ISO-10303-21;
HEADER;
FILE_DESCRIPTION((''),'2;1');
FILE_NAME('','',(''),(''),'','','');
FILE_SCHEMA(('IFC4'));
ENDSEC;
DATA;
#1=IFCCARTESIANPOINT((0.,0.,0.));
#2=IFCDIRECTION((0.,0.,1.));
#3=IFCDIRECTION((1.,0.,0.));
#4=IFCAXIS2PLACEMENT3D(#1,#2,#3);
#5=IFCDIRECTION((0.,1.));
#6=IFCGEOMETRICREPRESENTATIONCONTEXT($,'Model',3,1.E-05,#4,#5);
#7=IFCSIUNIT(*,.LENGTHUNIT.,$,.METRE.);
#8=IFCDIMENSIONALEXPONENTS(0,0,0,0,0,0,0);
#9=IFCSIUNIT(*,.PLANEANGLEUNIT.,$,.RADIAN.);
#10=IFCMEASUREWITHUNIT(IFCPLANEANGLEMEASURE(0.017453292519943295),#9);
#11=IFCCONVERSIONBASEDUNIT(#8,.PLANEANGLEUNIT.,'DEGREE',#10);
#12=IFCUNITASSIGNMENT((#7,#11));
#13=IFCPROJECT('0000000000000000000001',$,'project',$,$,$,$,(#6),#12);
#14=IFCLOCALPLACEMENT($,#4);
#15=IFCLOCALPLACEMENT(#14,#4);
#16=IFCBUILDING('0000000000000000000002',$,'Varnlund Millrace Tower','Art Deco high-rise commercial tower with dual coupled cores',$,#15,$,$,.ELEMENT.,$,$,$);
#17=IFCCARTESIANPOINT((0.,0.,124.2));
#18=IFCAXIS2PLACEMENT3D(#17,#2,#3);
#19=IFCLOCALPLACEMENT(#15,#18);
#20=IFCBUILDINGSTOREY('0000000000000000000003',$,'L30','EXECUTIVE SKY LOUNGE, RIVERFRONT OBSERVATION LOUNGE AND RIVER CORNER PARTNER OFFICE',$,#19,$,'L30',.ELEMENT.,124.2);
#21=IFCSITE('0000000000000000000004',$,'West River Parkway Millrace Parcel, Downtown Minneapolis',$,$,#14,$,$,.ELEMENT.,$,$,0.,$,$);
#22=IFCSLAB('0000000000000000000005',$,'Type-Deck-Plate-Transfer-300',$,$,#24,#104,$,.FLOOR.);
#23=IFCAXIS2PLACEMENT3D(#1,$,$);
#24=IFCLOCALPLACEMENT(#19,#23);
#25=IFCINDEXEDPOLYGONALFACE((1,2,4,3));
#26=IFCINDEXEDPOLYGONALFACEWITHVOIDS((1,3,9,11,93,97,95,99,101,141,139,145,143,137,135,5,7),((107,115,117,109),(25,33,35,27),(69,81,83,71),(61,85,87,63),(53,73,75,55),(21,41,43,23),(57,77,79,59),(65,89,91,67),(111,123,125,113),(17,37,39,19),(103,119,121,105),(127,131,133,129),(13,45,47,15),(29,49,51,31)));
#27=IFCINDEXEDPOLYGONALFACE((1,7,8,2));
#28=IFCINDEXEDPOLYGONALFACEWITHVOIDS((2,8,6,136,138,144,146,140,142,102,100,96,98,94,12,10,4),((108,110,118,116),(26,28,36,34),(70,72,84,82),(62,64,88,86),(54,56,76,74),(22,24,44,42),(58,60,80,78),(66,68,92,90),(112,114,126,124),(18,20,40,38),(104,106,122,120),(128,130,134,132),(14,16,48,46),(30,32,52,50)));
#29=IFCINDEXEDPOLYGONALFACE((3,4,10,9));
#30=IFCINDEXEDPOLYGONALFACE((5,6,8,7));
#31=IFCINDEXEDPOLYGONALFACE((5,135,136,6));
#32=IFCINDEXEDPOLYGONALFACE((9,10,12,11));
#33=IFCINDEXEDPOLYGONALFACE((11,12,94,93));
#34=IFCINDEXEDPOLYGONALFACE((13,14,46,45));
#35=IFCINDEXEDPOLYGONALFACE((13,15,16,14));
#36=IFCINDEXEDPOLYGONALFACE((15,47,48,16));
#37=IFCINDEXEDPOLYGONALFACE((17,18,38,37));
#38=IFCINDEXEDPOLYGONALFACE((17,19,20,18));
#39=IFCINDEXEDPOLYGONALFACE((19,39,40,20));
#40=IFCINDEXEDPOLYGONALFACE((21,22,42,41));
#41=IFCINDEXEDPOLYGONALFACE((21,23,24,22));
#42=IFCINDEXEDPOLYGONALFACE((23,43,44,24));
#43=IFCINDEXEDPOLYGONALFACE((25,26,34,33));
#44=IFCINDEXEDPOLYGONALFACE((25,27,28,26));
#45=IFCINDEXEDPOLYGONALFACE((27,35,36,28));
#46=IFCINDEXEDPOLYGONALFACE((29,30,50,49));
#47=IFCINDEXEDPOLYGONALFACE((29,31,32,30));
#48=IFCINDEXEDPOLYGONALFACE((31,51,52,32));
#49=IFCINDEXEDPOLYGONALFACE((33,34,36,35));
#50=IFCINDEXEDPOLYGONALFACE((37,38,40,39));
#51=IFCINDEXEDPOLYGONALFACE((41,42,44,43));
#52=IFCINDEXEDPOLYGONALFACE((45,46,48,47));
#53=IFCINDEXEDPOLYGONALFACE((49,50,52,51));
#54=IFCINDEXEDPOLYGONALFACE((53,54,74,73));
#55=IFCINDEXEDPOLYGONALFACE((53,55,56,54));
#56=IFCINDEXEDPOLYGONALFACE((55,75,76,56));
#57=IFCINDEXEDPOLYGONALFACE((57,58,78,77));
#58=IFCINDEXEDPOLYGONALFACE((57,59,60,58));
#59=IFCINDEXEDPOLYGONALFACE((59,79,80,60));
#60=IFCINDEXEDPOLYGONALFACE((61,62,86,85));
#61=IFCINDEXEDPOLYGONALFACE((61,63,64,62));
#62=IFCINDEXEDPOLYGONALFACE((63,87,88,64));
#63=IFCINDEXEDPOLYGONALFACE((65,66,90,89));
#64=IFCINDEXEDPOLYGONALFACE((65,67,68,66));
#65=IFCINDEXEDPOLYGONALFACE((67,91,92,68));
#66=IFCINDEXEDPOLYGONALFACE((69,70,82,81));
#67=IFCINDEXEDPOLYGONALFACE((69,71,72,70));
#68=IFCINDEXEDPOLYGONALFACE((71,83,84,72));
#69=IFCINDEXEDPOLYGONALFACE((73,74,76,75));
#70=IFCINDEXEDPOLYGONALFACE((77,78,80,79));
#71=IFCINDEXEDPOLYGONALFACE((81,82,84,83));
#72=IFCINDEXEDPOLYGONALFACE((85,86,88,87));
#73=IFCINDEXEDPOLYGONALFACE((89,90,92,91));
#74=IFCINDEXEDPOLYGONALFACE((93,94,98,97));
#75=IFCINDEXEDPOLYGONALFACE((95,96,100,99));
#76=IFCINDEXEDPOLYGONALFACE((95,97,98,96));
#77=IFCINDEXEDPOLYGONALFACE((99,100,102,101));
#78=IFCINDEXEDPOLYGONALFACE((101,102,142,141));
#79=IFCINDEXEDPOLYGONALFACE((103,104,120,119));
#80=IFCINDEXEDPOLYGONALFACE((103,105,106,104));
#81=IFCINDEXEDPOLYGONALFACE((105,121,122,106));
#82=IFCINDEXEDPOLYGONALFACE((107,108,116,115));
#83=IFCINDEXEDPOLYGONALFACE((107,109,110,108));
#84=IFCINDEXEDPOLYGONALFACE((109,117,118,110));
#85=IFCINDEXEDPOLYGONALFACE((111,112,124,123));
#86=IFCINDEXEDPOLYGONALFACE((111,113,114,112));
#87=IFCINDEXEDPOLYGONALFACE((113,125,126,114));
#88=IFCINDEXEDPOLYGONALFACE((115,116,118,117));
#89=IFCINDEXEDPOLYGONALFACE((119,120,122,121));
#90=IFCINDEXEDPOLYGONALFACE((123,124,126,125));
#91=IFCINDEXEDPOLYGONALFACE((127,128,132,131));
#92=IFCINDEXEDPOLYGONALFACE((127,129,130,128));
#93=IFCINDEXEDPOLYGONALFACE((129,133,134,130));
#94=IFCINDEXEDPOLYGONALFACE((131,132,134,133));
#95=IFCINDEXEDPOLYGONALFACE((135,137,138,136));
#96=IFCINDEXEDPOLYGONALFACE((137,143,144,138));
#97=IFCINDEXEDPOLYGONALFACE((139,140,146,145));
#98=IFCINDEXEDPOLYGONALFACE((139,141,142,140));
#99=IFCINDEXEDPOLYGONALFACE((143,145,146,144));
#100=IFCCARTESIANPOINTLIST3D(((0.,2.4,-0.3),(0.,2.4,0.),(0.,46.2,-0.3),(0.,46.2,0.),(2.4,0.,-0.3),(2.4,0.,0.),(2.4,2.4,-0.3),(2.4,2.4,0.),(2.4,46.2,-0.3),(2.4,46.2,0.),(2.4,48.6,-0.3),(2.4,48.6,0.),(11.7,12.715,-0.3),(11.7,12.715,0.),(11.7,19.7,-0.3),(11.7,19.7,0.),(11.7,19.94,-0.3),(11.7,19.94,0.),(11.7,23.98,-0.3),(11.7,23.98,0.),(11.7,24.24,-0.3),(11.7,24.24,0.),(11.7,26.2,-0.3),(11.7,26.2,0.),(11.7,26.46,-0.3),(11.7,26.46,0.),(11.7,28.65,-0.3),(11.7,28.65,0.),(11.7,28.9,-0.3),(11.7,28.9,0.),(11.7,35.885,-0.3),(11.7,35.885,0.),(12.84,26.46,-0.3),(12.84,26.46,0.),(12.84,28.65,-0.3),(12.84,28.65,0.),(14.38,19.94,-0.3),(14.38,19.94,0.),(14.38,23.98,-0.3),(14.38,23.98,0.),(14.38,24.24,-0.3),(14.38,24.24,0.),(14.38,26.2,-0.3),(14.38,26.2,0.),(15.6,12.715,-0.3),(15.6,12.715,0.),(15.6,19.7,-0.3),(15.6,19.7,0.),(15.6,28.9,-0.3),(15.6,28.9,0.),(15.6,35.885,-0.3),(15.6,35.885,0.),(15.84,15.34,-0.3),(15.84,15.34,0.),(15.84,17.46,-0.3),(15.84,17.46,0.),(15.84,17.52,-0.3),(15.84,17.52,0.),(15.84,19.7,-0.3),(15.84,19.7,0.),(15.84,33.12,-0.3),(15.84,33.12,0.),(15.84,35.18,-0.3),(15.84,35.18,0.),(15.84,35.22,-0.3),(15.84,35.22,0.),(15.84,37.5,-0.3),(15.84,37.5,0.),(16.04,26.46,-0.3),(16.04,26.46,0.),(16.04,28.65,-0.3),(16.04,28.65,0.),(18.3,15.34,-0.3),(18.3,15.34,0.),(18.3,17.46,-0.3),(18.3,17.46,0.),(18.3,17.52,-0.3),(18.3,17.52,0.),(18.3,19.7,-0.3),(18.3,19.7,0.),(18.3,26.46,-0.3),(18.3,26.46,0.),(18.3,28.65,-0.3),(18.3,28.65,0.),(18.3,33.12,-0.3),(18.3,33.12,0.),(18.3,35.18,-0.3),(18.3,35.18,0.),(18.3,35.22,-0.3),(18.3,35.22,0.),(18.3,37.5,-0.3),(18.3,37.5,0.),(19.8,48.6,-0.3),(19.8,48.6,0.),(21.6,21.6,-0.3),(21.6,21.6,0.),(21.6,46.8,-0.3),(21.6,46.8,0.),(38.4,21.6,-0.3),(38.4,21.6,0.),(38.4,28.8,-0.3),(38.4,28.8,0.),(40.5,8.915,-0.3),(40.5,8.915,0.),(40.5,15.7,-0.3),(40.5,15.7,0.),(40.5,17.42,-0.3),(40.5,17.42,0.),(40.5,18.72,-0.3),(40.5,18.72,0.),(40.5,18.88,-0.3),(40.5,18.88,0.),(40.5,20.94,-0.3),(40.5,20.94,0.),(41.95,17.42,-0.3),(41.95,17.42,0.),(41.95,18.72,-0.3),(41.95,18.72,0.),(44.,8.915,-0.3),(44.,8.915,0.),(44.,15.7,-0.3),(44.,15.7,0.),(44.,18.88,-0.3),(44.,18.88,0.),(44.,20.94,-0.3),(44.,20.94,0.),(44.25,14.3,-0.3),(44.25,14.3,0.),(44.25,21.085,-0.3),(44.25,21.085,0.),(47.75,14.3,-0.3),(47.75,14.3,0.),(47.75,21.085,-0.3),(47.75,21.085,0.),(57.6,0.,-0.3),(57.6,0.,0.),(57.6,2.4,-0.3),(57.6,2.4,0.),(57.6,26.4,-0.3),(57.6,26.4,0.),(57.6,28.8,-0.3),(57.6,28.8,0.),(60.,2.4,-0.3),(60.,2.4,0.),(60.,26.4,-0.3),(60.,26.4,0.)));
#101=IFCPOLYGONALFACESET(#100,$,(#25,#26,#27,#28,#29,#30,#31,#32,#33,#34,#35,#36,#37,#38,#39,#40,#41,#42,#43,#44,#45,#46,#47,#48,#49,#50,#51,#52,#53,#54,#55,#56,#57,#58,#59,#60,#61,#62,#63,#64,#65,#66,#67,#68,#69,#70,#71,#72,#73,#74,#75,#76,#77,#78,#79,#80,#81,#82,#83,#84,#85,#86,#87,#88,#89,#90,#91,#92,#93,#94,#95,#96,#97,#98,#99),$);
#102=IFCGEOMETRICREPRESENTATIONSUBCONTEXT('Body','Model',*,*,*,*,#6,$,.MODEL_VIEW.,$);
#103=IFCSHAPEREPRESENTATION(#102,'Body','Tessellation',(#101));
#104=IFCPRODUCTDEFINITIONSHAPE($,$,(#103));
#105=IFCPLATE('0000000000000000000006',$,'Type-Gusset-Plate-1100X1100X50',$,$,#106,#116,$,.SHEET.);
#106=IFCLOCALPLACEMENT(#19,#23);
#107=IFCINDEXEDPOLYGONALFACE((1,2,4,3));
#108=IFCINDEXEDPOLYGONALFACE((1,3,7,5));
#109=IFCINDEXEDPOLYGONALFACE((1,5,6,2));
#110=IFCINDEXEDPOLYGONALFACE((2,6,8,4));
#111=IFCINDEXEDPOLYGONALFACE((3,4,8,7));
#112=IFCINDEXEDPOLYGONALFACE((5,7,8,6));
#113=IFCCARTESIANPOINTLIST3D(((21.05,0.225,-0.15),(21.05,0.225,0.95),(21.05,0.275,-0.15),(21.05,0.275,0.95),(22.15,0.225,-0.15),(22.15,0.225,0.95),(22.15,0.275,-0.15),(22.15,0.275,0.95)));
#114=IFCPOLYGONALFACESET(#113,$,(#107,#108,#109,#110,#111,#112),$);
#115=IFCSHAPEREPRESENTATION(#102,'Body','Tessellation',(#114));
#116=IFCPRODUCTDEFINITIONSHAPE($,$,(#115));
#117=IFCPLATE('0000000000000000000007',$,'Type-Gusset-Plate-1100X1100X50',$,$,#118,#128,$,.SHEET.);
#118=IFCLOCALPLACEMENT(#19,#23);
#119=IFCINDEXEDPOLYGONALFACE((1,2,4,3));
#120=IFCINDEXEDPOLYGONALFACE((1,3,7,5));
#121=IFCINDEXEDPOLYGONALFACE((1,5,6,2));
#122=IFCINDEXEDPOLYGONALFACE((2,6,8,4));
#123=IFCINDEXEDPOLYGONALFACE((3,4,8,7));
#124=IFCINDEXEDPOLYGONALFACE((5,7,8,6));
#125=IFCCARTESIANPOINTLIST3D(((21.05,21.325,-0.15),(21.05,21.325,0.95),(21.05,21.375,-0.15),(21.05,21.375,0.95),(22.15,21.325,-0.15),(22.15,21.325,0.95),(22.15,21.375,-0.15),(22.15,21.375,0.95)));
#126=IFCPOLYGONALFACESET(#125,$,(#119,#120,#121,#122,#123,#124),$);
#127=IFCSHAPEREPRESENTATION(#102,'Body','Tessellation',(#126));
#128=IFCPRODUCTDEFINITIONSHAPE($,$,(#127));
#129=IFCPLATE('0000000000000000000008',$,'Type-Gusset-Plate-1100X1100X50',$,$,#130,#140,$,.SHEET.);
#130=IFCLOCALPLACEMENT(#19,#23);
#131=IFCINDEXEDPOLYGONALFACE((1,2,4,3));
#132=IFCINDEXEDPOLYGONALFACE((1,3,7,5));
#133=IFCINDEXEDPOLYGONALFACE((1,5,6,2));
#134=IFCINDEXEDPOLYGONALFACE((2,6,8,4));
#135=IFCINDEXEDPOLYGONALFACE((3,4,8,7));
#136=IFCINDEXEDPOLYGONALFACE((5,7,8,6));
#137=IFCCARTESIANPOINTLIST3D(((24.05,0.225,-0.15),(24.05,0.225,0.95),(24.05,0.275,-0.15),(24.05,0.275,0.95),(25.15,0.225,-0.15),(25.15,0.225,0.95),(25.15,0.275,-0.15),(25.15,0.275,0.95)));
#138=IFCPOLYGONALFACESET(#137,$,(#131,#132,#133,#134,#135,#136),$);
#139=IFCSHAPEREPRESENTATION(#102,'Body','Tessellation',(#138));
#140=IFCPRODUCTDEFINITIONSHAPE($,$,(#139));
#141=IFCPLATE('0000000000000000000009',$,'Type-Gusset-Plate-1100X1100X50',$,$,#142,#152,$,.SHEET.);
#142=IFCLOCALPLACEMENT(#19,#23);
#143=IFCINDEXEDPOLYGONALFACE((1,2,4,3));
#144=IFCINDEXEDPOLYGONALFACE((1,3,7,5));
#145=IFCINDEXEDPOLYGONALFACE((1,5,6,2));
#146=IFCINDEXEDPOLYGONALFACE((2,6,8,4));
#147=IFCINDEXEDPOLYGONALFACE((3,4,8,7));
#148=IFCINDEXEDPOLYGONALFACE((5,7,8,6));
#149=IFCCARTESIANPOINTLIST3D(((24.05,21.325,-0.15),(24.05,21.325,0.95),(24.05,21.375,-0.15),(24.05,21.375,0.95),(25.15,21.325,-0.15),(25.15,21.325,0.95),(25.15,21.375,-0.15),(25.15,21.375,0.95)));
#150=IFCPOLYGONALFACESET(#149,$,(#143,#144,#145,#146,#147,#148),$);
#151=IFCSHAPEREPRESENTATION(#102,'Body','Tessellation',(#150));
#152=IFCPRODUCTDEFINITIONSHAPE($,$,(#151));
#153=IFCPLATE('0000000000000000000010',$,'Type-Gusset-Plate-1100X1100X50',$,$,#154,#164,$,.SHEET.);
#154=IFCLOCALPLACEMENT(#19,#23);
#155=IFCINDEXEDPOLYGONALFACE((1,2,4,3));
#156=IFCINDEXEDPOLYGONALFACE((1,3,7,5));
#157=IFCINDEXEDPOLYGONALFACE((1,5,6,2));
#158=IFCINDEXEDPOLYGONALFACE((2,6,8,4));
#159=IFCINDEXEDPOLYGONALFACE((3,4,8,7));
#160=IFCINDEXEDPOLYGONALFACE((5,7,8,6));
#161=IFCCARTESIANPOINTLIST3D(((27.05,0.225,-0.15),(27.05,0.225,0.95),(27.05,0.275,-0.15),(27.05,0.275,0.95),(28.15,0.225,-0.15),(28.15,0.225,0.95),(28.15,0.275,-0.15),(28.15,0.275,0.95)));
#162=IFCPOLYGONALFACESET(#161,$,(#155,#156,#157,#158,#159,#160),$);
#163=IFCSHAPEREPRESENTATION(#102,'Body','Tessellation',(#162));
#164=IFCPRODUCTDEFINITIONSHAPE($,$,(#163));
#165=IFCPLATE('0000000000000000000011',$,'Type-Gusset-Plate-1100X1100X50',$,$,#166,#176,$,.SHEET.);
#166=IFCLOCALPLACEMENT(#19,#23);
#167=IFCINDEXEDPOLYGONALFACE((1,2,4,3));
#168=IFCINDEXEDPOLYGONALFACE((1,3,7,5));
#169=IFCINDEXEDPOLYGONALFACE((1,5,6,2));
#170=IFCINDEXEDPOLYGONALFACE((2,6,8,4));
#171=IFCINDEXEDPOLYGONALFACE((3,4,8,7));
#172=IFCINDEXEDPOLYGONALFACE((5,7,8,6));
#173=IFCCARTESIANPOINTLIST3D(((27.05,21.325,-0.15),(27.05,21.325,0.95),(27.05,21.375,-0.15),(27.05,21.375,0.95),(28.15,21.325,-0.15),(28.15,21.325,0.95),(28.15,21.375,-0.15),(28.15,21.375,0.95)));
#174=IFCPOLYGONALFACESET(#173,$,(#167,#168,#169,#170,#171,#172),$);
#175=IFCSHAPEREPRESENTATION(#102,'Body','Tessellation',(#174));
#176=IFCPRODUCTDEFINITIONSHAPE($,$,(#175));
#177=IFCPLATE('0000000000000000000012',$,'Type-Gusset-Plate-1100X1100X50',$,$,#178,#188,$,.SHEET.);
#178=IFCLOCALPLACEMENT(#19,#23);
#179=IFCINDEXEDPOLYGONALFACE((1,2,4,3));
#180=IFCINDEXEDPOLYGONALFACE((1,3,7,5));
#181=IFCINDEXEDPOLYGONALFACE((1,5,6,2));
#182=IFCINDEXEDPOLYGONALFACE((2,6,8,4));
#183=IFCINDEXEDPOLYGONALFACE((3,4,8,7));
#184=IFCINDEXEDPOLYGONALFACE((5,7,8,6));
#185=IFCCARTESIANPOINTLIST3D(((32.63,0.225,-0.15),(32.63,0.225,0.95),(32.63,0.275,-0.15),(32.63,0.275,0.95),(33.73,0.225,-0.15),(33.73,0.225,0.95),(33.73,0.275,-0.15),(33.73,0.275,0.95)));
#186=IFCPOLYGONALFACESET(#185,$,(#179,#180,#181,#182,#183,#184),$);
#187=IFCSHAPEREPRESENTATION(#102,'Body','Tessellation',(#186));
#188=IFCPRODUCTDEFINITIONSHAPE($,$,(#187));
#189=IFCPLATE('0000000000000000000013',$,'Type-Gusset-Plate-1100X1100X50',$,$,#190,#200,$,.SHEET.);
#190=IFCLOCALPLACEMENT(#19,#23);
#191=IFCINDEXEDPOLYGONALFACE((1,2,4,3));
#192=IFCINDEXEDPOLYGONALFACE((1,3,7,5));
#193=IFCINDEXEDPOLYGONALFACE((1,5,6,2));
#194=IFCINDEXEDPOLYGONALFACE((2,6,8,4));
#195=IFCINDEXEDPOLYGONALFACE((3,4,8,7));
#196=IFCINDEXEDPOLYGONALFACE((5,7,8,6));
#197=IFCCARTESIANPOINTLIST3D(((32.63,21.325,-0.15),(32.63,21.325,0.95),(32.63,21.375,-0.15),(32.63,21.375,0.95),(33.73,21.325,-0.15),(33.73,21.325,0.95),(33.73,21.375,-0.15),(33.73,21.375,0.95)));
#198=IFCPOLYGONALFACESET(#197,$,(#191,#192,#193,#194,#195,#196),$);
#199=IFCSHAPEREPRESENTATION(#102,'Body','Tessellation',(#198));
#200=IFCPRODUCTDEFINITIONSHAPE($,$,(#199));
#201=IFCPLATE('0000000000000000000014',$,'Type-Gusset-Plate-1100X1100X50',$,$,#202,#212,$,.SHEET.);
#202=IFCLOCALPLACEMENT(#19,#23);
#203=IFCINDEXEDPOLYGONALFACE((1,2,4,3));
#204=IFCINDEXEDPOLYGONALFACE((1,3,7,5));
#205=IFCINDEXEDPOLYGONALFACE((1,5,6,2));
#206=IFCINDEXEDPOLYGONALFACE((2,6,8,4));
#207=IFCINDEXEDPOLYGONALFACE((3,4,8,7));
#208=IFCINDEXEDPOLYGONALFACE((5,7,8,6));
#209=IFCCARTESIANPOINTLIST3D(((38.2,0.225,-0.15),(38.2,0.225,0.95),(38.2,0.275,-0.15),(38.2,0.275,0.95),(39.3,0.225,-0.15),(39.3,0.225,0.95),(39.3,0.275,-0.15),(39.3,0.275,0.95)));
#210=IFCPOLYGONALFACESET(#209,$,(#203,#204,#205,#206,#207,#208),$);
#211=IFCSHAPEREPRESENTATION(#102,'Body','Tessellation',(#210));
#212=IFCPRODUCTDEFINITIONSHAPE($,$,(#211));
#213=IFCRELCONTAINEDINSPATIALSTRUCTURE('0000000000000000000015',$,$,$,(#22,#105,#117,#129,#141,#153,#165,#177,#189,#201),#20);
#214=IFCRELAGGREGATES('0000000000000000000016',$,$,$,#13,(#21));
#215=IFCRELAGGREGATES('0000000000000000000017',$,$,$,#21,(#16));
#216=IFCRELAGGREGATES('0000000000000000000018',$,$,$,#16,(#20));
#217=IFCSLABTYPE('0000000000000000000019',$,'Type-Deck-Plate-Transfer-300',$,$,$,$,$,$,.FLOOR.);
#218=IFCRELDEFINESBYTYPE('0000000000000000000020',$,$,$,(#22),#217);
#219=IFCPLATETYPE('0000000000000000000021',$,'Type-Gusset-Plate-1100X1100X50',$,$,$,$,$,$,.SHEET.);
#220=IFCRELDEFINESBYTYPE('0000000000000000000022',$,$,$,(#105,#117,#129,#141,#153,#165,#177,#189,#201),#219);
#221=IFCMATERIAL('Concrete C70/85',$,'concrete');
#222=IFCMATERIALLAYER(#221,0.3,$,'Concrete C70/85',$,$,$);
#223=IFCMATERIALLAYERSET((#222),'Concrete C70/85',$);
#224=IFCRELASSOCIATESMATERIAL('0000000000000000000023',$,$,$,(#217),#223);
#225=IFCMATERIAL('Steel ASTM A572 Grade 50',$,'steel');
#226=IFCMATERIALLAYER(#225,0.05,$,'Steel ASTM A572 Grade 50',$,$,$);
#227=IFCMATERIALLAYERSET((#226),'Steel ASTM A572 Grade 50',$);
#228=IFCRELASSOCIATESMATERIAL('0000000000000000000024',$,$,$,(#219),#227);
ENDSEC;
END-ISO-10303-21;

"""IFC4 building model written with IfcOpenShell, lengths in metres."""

from ifc_helpers import new_model, entity, si_unit, converted_unit, direction, frame, origin_with_axes, origin_2d_with_axis, place, context, subcontext, project, spatial, polyline, rectangle, outline, extrude, material, layer, layer_set, type_object, element, save


model = new_model("IFC4")

# Units and contexts
model_context = context("Model", 3, precision=1e-05, world=origin_with_axes(), true_north=direction((0.0, 1.0)))
body_context = subcontext(model_context, "Body", "Model", "MODEL_VIEW")
ifc_project = project(units=[si_unit("LENGTHUNIT", "METRE"), converted_unit("PLANEANGLEUNIT", "DEGREE", entity("IfcPlaneAngleMeasure", 0.017453292519943295), si_unit("PLANEANGLEUNIT", "RADIAN"), dimensions=[0, 0, 0, 0, 0, 0, 0])], contexts=[model_context])

# Site, building, storey
site_placement = place(None, origin_with_axes())
site = spatial("IfcSite", under=ifc_project, at=site_placement, Name="West River Parkway Millrace Parcel, Downtown Minneapolis", CompositionType="ELEMENT", RefElevation=0.0)
building_placement = place(site_placement, origin_with_axes())
building = spatial("IfcBuilding", under=site, at=building_placement, Name="Varnlund Millrace Tower", Description="Art Deco high-rise commercial tower with dual coupled cores", CompositionType="ELEMENT")
storey_placement = place(building_placement, frame((0.0, 0.0, 124.2), z_axis=(0.0, 0.0, 1.0), x_axis=(1.0, 0.0, 0.0)))
storey = spatial("IfcBuildingStorey", under=building, at=storey_placement, Name="L30", Description="EXECUTIVE SKY LOUNGE, RIVERFRONT OBSERVATION LOUNGE AND RIVER CORNER PARTNER OFFICE", LongName="L30", CompositionType="ELEMENT", Elevation=124.2)

# Slab
ifc_material_1 = material(Name="Concrete C70/85", Category="concrete")
ifc_layer_1 = layer(ifc_material_1, 0.3, Name="Concrete C70/85")
ifc_layer_set_1 = layer_set([ifc_layer_1], Name="Concrete C70/85")
slab_type = type_object("IfcSlabType", Name="Type-Deck-Plate-Transfer-300", PredefinedType="FLOOR", material=ifc_layer_set_1)
slab_placement = place(storey_placement, frame((0.0, 0.0, -0.3), z_axis=(0.0, 0.0, 1.0), x_axis=(1.0, 0.0, 0.0)))
element("IfcSlab", 1, at=slab_placement, inside=storey, type_object=slab_type, Name="Type-Deck-Plate-Transfer-300", PredefinedType="FLOOR", context=body_context, shape_type="SweptSolid", body=[
    extrude(outline(polyline([(21.6, 21.6), (21.6, 46.8), (19.8, 48.6), (2.4, 48.6), (2.4, 46.2), (0.0, 46.2), (0.0, 2.4), (2.4, 2.4), (2.4, 0.0), (57.6, 0.0), (57.6, 2.4), (60.0, 2.4), (60.0, 26.4), (57.6, 26.4), (57.6, 28.8), (38.4, 28.8), (38.4, 21.6), (21.6, 21.6)]), holes=[polyline([(15.6, 19.7), (15.6, 12.715), (11.7, 12.715), (11.7, 19.7), (15.6, 19.7)]), polyline([(18.3, 15.34), (15.84, 15.34), (15.84, 17.46), (18.3, 17.46), (18.3, 15.34)]), polyline([(18.3, 17.52), (15.84, 17.52), (15.84, 19.7), (18.3, 19.7), (18.3, 17.52)]), polyline([(11.7, 23.98), (14.38, 23.98), (14.38, 19.94), (11.7, 19.94), (11.7, 23.98)]), polyline([(14.38, 24.24), (11.7, 24.24), (11.7, 26.2), (14.38, 26.2), (14.38, 24.24)]), polyline([(12.84, 26.46), (11.7, 26.46), (11.7, 28.65), (12.84, 28.65), (12.84, 26.46)]), polyline([(15.6, 28.9), (11.7, 28.9), (11.7, 35.885), (15.6, 35.885), (15.6, 28.9)]), polyline([(44.0, 8.915), (40.5, 8.915), (40.5, 15.7), (44.0, 15.7), (44.0, 8.915)]), polyline([(47.75, 14.3), (44.25, 14.3), (44.25, 21.085), (47.75, 21.085), (47.75, 14.3)]), polyline([(41.95, 17.42), (40.5, 17.42), (40.5, 18.72), (41.95, 18.72), (41.95, 17.42)]), polyline([(44.0, 18.88), (40.5, 18.88), (40.5, 20.94), (44.0, 20.94), (44.0, 18.88)]), polyline([(18.3, 26.46), (16.04, 26.46), (16.04, 28.65), (18.3, 28.65), (18.3, 26.46)]), polyline([(18.3, 33.12), (15.84, 33.12), (15.84, 35.18), (18.3, 35.18), (18.3, 33.12)]), polyline([(18.3, 35.22), (15.84, 35.22), (15.84, 37.5), (18.3, 37.5), (18.3, 35.22)])]), origin_with_axes(), (0.0, 0.0, 1.0), 0.3),
])

# Plates
ifc_material_2 = material(Name="Steel ASTM A572 Grade 50", Category="steel")
ifc_layer_2 = layer(ifc_material_2, 0.05, Name="Steel ASTM A572 Grade 50")
ifc_layer_set_2 = layer_set([ifc_layer_2], Name="Steel ASTM A572 Grade 50")
plate_type = type_object("IfcPlateType", Name="Type-Gusset-Plate-1100X1100X50", PredefinedType="SHEET", material=ifc_layer_set_2)
for number, where, z_axis, x_axis, name in (
    (2, (21.6, 0.25, -0.15), (0.0, 0.0, 1.0), (1.0, 0.0, 0.0), "Type-Gusset-Plate-1100X1100X50"),
    (3, (21.6, 21.35, -0.15), (0.0, 0.0, 1.0), (1.0, 0.0, 0.0), "Type-Gusset-Plate-1100X1100X50"),
    (4, (24.6, 0.25, -0.15), (0.0, 0.0, 1.0), (1.0, 0.0, 0.0), "Type-Gusset-Plate-1100X1100X50"),
    (5, (24.6, 21.35, -0.15), (0.0, 0.0, 1.0), (1.0, 0.0, 0.0), "Type-Gusset-Plate-1100X1100X50"),
    (6, (27.6, 0.25, -0.15), (0.0, 0.0, 1.0), (1.0, 0.0, 0.0), "Type-Gusset-Plate-1100X1100X50"),
    (7, (27.6, 21.35, -0.15), (0.0, 0.0, 1.0), (1.0, 0.0, 0.0), "Type-Gusset-Plate-1100X1100X50"),
    (8, (33.18, 0.25, -0.15), (0.0, 0.0, 1.0), (1.0, 0.0, 0.0), "Type-Gusset-Plate-1100X1100X50"),
    (9, (33.18, 21.35, -0.15), (0.0, 0.0, 1.0), (1.0, 0.0, 0.0), "Type-Gusset-Plate-1100X1100X50"),
    (10, (38.75, 0.25, -0.15), (0.0, 0.0, 1.0), (1.0, 0.0, 0.0), "Type-Gusset-Plate-1100X1100X50"),
):
    element("IfcPlate", number, at=place(storey_placement, frame(where, z_axis=z_axis, x_axis=x_axis)), inside=storey, type_object=plate_type, Name=name, PredefinedType="SHEET", context=body_context, shape_type="SweptSolid", body=[
        extrude(rectangle(XDim=1.1, YDim=0.05, at=origin_2d_with_axis()), origin_with_axes(), (0.0, 0.0, 1.0), 1.1),
    ])

save(model, "model.ifc")
